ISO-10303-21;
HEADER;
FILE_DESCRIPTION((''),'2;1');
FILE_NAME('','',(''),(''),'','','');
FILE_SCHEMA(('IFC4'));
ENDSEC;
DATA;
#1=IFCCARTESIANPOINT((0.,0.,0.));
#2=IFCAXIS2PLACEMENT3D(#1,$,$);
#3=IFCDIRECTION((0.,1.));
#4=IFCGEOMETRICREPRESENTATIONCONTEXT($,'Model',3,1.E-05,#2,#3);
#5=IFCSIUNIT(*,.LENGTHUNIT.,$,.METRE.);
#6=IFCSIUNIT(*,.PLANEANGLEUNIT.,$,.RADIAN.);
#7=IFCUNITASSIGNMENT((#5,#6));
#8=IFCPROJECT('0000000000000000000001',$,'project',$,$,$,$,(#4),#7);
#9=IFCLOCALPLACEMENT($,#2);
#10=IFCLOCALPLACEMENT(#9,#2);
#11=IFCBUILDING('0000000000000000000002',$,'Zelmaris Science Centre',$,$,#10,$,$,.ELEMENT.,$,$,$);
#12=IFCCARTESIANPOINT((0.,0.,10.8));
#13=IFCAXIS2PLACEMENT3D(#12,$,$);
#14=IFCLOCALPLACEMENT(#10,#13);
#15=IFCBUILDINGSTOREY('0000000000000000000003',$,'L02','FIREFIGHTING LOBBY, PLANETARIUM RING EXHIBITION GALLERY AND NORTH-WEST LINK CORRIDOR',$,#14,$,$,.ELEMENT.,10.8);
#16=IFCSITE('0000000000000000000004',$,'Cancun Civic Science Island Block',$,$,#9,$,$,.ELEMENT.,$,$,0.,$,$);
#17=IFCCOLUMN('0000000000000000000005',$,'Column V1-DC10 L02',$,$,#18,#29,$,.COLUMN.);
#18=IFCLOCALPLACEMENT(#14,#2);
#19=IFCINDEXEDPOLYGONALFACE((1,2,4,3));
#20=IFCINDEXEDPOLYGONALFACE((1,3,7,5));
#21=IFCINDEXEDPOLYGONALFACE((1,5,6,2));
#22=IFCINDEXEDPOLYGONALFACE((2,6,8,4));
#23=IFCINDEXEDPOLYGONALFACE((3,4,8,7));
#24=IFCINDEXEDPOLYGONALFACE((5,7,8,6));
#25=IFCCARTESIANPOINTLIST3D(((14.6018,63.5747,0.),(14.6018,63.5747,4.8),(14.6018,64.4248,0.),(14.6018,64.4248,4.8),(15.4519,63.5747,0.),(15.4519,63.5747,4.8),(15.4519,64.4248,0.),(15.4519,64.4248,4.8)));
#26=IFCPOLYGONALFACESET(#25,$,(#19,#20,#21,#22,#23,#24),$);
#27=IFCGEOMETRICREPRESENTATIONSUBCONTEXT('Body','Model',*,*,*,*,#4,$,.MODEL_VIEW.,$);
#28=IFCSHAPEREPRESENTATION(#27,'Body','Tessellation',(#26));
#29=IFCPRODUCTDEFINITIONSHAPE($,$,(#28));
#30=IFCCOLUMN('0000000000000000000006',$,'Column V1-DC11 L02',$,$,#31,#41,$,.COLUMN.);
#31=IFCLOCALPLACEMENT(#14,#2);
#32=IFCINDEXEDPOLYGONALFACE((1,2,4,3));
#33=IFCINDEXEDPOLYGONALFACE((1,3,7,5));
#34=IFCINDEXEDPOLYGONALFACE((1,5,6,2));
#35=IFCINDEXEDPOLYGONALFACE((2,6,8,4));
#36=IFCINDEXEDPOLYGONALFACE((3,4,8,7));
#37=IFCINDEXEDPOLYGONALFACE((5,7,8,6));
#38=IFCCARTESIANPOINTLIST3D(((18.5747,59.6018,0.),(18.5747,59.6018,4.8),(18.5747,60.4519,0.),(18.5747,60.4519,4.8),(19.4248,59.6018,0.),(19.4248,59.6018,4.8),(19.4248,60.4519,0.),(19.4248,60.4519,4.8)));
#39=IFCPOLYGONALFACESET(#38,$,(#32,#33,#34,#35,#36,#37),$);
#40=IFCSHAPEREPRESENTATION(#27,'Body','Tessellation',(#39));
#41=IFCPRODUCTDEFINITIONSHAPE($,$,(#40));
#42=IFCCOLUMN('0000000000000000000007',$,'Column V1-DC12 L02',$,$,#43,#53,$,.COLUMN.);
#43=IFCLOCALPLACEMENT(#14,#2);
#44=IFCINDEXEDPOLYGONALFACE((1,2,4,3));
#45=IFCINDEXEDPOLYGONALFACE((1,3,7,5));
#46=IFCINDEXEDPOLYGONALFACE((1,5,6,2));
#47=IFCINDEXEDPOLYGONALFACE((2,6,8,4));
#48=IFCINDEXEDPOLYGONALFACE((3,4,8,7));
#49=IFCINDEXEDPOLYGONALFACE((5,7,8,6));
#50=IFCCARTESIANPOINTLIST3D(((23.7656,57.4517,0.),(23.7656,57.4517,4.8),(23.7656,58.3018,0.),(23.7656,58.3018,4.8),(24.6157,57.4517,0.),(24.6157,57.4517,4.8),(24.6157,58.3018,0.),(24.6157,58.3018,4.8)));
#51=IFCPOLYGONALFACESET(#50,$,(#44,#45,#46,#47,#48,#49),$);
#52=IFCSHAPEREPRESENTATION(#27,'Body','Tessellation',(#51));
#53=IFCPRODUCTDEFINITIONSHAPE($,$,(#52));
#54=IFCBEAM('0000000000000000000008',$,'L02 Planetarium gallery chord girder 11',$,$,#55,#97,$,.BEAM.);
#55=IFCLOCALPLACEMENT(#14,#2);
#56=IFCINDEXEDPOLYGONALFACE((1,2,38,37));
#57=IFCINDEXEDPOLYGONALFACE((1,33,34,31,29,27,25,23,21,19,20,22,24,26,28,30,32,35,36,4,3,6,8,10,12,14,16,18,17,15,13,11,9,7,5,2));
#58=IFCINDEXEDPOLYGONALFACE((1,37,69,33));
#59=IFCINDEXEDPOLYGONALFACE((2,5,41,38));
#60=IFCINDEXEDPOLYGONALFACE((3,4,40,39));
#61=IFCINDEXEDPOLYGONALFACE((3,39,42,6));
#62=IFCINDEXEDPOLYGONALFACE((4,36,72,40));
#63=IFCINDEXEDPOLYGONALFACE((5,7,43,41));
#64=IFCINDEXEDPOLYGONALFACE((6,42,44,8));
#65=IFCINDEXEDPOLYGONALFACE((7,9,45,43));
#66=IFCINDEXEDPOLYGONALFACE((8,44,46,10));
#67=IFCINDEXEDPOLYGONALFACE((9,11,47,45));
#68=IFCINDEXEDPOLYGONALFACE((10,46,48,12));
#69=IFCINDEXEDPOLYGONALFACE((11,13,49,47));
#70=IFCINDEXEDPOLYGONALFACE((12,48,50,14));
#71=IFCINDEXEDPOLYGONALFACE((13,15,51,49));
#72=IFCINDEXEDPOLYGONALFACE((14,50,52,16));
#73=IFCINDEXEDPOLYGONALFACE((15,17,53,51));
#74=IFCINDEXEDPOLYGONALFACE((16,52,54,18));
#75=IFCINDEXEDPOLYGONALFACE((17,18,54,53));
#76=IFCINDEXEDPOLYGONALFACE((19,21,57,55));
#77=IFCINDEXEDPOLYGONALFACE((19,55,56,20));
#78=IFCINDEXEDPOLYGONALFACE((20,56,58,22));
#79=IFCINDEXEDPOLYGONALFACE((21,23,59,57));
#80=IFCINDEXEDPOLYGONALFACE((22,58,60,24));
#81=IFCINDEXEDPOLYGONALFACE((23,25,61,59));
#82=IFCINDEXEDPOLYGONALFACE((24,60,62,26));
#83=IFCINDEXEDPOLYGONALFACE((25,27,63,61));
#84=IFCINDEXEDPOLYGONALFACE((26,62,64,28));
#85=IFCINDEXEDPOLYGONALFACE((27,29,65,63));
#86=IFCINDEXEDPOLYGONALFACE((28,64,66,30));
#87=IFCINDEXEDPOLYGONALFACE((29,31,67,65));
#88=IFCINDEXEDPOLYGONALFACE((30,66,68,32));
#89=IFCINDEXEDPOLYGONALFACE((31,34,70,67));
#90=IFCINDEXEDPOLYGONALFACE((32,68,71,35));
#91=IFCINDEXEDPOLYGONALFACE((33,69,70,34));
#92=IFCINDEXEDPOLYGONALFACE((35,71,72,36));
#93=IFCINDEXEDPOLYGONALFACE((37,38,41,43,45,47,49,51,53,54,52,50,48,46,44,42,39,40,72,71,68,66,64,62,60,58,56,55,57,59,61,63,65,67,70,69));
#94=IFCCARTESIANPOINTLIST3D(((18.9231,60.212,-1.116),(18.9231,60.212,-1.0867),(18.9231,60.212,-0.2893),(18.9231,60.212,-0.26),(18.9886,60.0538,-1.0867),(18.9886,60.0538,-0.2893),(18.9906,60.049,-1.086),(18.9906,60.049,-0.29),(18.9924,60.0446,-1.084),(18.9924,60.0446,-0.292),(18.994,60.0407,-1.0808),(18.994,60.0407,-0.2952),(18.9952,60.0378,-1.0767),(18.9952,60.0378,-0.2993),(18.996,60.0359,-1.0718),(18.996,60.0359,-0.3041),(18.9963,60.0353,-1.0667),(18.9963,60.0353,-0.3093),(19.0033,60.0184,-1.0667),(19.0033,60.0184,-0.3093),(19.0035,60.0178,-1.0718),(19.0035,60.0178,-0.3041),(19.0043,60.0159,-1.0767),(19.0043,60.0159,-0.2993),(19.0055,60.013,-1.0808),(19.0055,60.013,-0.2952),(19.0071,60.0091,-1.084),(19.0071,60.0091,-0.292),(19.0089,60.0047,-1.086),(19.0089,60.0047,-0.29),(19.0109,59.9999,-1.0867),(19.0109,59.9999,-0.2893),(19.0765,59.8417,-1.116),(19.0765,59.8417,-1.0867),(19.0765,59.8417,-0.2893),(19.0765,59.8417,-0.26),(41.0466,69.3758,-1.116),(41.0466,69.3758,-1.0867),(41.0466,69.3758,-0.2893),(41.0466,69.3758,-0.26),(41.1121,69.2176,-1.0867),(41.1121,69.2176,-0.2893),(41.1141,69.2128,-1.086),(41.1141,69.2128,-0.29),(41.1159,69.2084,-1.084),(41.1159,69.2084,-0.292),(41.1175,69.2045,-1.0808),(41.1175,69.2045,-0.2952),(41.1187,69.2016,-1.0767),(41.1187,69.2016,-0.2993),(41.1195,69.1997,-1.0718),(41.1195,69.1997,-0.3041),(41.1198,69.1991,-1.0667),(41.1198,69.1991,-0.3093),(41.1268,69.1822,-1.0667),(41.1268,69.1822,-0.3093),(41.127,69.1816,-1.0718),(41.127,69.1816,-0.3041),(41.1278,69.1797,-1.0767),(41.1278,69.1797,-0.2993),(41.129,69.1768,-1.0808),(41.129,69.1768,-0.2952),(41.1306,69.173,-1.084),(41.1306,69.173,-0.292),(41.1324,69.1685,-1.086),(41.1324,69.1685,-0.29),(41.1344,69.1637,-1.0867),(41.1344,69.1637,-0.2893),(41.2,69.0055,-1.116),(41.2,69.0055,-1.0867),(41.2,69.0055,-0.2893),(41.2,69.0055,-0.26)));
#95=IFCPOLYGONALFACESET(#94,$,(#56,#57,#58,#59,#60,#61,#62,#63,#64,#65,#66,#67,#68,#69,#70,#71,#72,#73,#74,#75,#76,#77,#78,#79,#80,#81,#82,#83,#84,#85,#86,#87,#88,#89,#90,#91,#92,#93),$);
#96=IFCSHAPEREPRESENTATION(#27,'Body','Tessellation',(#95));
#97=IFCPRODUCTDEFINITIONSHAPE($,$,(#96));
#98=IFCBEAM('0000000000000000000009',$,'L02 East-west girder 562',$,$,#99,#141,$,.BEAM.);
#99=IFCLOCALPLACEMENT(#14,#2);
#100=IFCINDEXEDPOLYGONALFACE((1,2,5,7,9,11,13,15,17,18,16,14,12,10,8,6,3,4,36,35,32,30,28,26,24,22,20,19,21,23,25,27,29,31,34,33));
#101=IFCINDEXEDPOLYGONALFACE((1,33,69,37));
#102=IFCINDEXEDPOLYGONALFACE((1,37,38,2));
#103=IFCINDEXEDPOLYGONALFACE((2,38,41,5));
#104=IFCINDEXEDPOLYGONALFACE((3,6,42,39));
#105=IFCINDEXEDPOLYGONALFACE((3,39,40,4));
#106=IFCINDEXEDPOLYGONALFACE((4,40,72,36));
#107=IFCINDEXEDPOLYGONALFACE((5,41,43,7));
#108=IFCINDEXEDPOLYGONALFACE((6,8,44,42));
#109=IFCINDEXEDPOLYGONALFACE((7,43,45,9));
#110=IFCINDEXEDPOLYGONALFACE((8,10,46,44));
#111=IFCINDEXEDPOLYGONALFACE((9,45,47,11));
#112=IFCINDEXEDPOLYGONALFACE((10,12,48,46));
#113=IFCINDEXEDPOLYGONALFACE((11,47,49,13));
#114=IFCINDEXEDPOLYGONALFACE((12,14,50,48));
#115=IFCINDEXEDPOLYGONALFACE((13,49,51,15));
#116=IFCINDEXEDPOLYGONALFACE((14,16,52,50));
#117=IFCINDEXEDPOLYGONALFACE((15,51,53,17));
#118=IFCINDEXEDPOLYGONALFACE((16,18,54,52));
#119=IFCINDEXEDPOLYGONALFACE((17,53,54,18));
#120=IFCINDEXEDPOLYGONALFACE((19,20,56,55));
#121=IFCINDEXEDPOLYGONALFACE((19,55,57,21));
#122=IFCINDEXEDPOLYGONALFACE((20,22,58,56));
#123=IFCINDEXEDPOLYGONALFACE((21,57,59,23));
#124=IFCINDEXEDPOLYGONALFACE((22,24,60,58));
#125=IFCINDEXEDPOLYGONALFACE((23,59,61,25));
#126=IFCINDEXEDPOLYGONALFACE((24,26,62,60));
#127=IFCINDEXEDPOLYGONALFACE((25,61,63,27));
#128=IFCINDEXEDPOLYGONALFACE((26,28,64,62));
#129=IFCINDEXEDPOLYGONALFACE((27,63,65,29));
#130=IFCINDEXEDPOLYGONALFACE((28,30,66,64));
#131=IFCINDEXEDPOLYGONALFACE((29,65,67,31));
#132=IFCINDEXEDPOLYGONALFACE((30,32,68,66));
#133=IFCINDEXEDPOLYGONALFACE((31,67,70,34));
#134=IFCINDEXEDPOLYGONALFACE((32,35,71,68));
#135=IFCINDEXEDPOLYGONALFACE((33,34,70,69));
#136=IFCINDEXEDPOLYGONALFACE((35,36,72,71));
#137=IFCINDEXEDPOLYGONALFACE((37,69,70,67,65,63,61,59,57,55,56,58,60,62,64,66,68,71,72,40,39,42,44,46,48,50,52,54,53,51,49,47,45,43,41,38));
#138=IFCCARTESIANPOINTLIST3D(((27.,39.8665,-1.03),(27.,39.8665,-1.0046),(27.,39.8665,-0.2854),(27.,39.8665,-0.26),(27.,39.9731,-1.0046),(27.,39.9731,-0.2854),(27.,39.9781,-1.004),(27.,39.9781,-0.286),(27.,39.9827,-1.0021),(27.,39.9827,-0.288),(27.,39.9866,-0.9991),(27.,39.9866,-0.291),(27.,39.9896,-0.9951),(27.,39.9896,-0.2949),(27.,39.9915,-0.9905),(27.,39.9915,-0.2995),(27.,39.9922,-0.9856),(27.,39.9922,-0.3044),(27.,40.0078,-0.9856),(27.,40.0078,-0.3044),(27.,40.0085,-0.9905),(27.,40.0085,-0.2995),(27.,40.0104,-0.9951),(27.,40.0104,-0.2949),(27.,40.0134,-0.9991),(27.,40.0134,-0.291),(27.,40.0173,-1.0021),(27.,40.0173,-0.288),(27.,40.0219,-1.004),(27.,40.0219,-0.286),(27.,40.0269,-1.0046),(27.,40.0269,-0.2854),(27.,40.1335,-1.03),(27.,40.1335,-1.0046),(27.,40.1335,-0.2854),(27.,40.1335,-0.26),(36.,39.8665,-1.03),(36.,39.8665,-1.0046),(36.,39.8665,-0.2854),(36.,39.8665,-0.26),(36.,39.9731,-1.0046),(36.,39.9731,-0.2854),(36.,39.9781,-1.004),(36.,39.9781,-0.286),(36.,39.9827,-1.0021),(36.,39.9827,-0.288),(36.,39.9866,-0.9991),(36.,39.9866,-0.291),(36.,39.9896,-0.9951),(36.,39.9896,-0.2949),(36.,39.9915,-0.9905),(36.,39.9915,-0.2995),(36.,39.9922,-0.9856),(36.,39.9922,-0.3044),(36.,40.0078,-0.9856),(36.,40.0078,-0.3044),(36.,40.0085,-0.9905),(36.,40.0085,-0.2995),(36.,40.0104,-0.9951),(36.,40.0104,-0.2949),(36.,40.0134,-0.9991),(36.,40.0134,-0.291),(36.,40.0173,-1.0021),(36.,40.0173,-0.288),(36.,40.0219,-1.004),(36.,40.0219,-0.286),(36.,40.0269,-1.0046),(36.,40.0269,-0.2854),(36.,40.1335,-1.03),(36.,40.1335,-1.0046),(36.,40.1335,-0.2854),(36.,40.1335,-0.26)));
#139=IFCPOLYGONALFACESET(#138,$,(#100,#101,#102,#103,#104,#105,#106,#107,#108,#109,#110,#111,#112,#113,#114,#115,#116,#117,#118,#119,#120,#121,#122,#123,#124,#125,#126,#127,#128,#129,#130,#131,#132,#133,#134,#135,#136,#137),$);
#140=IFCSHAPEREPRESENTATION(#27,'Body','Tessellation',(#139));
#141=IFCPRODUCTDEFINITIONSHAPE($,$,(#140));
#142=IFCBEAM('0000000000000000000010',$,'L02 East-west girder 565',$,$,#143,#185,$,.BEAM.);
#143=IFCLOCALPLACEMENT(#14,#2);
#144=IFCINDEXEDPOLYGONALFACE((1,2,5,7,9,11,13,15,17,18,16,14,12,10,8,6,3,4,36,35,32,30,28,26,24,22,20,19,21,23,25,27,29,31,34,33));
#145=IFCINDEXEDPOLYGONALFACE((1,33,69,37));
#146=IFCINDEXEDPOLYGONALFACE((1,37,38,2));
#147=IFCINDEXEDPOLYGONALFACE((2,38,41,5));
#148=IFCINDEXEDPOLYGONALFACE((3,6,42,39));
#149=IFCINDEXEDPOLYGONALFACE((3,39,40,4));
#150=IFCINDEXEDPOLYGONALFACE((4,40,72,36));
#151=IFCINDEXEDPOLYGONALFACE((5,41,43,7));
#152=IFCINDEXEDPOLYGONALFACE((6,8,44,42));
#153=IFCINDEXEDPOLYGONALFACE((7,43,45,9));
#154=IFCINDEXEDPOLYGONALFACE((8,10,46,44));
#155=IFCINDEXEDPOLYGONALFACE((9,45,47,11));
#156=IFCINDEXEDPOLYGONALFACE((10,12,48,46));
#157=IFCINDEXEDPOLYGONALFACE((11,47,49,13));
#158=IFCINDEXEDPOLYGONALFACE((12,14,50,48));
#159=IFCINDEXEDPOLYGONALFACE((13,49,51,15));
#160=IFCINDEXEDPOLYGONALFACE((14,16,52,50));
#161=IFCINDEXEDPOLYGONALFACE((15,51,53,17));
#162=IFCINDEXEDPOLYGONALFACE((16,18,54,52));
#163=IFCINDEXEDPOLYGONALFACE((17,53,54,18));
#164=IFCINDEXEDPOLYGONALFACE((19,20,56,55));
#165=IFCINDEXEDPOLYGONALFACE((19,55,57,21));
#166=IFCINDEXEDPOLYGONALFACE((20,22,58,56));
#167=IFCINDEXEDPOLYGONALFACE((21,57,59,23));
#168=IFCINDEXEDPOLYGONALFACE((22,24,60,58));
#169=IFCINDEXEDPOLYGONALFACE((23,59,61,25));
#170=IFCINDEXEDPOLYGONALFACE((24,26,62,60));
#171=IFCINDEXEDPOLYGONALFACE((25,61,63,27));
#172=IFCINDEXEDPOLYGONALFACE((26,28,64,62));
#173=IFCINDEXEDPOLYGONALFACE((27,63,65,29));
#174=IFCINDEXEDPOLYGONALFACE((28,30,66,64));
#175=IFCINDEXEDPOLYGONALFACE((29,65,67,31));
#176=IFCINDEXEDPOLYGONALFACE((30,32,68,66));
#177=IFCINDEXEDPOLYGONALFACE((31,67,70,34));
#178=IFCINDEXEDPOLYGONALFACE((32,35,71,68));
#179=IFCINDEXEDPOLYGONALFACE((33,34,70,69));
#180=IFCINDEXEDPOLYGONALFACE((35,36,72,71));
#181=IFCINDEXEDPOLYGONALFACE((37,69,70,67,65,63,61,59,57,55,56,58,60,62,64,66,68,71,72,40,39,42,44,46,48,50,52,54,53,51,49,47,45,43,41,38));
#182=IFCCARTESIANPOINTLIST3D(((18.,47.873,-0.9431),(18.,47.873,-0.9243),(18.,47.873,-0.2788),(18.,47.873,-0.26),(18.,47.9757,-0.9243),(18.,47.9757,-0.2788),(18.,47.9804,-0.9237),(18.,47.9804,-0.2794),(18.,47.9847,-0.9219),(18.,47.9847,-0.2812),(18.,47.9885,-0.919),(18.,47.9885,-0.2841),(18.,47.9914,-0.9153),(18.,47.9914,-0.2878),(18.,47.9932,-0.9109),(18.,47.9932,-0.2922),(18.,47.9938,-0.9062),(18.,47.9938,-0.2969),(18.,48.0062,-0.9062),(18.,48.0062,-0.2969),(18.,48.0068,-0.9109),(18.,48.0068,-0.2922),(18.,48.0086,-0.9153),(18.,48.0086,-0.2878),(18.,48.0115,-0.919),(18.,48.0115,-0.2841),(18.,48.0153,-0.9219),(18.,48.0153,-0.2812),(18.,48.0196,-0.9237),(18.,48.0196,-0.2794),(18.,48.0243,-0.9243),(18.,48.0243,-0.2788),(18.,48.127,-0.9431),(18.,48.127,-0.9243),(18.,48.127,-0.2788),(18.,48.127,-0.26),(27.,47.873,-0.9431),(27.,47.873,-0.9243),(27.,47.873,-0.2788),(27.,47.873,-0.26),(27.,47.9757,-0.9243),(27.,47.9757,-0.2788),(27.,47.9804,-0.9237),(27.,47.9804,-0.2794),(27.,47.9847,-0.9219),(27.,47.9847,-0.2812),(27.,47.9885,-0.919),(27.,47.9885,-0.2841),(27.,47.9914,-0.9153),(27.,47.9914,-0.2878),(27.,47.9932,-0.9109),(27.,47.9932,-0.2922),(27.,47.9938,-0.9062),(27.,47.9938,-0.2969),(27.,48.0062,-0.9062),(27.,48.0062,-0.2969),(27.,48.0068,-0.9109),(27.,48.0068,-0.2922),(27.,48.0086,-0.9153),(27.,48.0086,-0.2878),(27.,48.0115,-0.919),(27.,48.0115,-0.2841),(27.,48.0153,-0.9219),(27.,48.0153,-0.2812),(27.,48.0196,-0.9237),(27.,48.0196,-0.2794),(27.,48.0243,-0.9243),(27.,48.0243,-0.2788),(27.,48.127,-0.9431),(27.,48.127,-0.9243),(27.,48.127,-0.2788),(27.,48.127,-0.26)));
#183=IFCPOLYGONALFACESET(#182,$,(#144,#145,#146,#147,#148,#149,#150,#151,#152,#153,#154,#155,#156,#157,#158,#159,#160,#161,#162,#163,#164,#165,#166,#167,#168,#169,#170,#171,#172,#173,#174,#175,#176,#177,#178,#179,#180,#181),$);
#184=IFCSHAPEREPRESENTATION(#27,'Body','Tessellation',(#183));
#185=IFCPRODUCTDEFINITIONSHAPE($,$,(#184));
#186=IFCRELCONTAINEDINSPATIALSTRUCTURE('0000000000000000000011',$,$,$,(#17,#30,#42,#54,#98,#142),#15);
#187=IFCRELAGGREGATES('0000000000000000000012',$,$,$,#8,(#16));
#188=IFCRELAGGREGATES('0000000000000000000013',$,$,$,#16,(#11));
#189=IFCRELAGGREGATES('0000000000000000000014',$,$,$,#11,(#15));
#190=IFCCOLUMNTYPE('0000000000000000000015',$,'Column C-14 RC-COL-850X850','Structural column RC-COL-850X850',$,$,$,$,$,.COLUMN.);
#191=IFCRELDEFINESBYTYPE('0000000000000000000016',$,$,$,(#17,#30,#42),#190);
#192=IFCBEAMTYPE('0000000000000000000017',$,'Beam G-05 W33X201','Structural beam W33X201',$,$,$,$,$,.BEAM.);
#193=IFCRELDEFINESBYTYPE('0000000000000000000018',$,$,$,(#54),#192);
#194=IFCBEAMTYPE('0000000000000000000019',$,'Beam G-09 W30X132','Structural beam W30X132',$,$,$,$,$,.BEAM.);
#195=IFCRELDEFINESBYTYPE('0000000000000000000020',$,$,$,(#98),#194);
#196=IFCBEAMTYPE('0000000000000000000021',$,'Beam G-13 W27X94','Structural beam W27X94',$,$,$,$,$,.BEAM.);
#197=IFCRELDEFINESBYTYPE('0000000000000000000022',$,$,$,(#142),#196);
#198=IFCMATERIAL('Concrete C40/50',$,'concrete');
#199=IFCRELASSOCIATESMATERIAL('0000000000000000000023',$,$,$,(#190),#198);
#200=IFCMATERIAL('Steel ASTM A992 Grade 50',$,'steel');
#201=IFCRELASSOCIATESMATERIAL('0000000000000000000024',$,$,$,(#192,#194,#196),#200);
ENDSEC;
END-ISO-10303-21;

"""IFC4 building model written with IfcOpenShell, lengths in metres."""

from ifc_helpers import new_model, si_unit, direction, frame, origin, origin_2d, place, context, subcontext, project, spatial, rectangle, i_section, extrude, material, material_profile, profile_set, type_object, element, save


model = new_model("IFC4")

# Units and contexts
model_context = context("Model", 3, precision=1e-05, world=origin(), true_north=direction((0.0, 1.0)))
body_context = subcontext(model_context, "Body", "Model", "MODEL_VIEW")
ifc_project = project(units=[si_unit("LENGTHUNIT", "METRE"), si_unit("PLANEANGLEUNIT", "RADIAN")], contexts=[model_context])

# Site, building, storey
site_placement = place(None, origin())
site = spatial("IfcSite", under=ifc_project, at=site_placement, Name="Cancun Civic Science Island Block", CompositionType="ELEMENT", RefElevation=0.0)
building_placement = place(site_placement, origin())
building = spatial("IfcBuilding", under=site, at=building_placement, Name="Zelmaris Science Centre", CompositionType="ELEMENT")
storey_placement = place(building_placement, frame((0.0, 0.0, 10.8)))
storey = spatial("IfcBuildingStorey", under=building, at=storey_placement, Name="L02", Description="FIREFIGHTING LOBBY, PLANETARIUM RING EXHIBITION GALLERY AND NORTH-WEST LINK CORRIDOR", CompositionType="ELEMENT", Elevation=10.8)

# Columns
ifc_material_1 = material(Name="Concrete C40/50", Category="concrete")
ifc_material_profile_1 = material_profile(ifc_material_1, rectangle(XDim=0.8501, YDim=0.8501, at=origin_2d()), Name="RC-COL-850X850")
ifc_profile_set_1 = profile_set([ifc_material_profile_1], Name="Concrete C40/50")
column_type = type_object("IfcColumnType", Name="Column C-14 RC-COL-850X850", Description="Structural column RC-COL-850X850", PredefinedType="COLUMN", material=ifc_profile_set_1)
for number, where, z_axis, x_axis, name in (
    (1, (15.0269, 63.9998, 0.0), (0.0, 0.0, 1.0), (1.0, 0.0, 0.0), "Column V1-DC10 L02"),
    (2, (18.9998, 60.0269, 0.0), (0.0, 0.0, 1.0), (1.0, 0.0, 0.0), "Column V1-DC11 L02"),
    (3, (24.1907, 57.8767, 0.0), (0.0, 0.0, 1.0), (1.0, 0.0, 0.0), "Column V1-DC12 L02"),
):
    element("IfcColumn", number, at=place(storey_placement, frame(where, z_axis=z_axis, x_axis=x_axis)), inside=storey, type_object=column_type, Name=name, PredefinedType="COLUMN", context=body_context, shape_type="SweptSolid", body=[
        extrude(rectangle(XDim=0.8501, YDim=0.8501, at=origin_2d()), origin(), (0.0, 0.0, 1.0), 4.8),
    ])

# Beams
ifc_material_2 = material(Name="Steel ASTM A992 Grade 50", Category="steel")
ifc_material_profile_2 = material_profile(ifc_material_2, i_section(OverallWidth=0.4009, OverallDepth=0.856, WebThickness=0.0183, FlangeThickness=0.0293, FilletRadius=0.02, at=origin_2d()), Name="W33X201")
ifc_profile_set_2 = profile_set([ifc_material_profile_2], Name="Steel ASTM A992 Grade 50")
beam_type_1 = type_object("IfcBeamType", Name="Beam G-05 W33X201", Description="Structural beam W33X201", PredefinedType="BEAM", material=ifc_profile_set_2)
beam_1_placement = place(storey_placement, frame((18.9998, 60.0269, -0.688), z_axis=(0.92388, 0.382682, 0.0), x_axis=(-0.382682, 0.92388, 0.0)))
element("IfcBeam", 4, at=beam_1_placement, inside=storey, type_object=beam_type_1, Name="L02 Planetarium gallery chord girder 11", PredefinedType="BEAM", context=body_context, shape_type="SweptSolid", body=[
    extrude(i_section(OverallWidth=0.4009, OverallDepth=0.856, WebThickness=0.0183, FlangeThickness=0.0293, FilletRadius=0.02, at=origin_2d()), origin(), (0.0, 0.0, 1.0), 23.9463),
])
ifc_material_profile_3 = material_profile(ifc_material_2, i_section(OverallWidth=0.2671, OverallDepth=0.77, WebThickness=0.0156, FlangeThickness=0.0254, FilletRadius=0.019, at=origin_2d()), Name="W30X132")
ifc_profile_set_3 = profile_set([ifc_material_profile_3], Name="Steel ASTM A992 Grade 50")
beam_type_2 = type_object("IfcBeamType", Name="Beam G-09 W30X132", Description="Structural beam W30X132", PredefinedType="BEAM", material=ifc_profile_set_3)
beam_2_placement = place(storey_placement, frame((27.0, 40.0, -0.645), z_axis=(1.0, 0.0, 0.0), x_axis=(0.0, 1.0, 0.0)))
element("IfcBeam", 5, at=beam_2_placement, inside=storey, type_object=beam_type_2, Name="L02 East-west girder 562", PredefinedType="BEAM", context=body_context, shape_type="SweptSolid", body=[
    extrude(i_section(OverallWidth=0.2671, OverallDepth=0.77, WebThickness=0.0156, FlangeThickness=0.0254, FilletRadius=0.019, at=origin_2d()), origin(), (0.0, 0.0, 1.0), 9.0),
])
ifc_material_profile_4 = material_profile(ifc_material_2, i_section(OverallWidth=0.2539, OverallDepth=0.6831, WebThickness=0.0125, FlangeThickness=0.0188, FilletRadius=0.0181, at=origin_2d()), Name="W27X94")
ifc_profile_set_4 = profile_set([ifc_material_profile_4], Name="Steel ASTM A992 Grade 50")
beam_type_3 = type_object("IfcBeamType", Name="Beam G-13 W27X94", Description="Structural beam W27X94", PredefinedType="BEAM", material=ifc_profile_set_4)
beam_3_placement = place(storey_placement, frame((18.0, 48.0, -0.6016), z_axis=(1.0, 0.0, 0.0), x_axis=(0.0, 1.0, 0.0)))
element("IfcBeam", 6, at=beam_3_placement, inside=storey, type_object=beam_type_3, Name="L02 East-west girder 565", PredefinedType="BEAM", context=body_context, shape_type="SweptSolid", body=[
    extrude(i_section(OverallWidth=0.2539, OverallDepth=0.6831, WebThickness=0.0125, FlangeThickness=0.0188, FilletRadius=0.0181, at=origin_2d()), origin(), (0.0, 0.0, 1.0), 9.0),
])

save(model, "model.ifc")
